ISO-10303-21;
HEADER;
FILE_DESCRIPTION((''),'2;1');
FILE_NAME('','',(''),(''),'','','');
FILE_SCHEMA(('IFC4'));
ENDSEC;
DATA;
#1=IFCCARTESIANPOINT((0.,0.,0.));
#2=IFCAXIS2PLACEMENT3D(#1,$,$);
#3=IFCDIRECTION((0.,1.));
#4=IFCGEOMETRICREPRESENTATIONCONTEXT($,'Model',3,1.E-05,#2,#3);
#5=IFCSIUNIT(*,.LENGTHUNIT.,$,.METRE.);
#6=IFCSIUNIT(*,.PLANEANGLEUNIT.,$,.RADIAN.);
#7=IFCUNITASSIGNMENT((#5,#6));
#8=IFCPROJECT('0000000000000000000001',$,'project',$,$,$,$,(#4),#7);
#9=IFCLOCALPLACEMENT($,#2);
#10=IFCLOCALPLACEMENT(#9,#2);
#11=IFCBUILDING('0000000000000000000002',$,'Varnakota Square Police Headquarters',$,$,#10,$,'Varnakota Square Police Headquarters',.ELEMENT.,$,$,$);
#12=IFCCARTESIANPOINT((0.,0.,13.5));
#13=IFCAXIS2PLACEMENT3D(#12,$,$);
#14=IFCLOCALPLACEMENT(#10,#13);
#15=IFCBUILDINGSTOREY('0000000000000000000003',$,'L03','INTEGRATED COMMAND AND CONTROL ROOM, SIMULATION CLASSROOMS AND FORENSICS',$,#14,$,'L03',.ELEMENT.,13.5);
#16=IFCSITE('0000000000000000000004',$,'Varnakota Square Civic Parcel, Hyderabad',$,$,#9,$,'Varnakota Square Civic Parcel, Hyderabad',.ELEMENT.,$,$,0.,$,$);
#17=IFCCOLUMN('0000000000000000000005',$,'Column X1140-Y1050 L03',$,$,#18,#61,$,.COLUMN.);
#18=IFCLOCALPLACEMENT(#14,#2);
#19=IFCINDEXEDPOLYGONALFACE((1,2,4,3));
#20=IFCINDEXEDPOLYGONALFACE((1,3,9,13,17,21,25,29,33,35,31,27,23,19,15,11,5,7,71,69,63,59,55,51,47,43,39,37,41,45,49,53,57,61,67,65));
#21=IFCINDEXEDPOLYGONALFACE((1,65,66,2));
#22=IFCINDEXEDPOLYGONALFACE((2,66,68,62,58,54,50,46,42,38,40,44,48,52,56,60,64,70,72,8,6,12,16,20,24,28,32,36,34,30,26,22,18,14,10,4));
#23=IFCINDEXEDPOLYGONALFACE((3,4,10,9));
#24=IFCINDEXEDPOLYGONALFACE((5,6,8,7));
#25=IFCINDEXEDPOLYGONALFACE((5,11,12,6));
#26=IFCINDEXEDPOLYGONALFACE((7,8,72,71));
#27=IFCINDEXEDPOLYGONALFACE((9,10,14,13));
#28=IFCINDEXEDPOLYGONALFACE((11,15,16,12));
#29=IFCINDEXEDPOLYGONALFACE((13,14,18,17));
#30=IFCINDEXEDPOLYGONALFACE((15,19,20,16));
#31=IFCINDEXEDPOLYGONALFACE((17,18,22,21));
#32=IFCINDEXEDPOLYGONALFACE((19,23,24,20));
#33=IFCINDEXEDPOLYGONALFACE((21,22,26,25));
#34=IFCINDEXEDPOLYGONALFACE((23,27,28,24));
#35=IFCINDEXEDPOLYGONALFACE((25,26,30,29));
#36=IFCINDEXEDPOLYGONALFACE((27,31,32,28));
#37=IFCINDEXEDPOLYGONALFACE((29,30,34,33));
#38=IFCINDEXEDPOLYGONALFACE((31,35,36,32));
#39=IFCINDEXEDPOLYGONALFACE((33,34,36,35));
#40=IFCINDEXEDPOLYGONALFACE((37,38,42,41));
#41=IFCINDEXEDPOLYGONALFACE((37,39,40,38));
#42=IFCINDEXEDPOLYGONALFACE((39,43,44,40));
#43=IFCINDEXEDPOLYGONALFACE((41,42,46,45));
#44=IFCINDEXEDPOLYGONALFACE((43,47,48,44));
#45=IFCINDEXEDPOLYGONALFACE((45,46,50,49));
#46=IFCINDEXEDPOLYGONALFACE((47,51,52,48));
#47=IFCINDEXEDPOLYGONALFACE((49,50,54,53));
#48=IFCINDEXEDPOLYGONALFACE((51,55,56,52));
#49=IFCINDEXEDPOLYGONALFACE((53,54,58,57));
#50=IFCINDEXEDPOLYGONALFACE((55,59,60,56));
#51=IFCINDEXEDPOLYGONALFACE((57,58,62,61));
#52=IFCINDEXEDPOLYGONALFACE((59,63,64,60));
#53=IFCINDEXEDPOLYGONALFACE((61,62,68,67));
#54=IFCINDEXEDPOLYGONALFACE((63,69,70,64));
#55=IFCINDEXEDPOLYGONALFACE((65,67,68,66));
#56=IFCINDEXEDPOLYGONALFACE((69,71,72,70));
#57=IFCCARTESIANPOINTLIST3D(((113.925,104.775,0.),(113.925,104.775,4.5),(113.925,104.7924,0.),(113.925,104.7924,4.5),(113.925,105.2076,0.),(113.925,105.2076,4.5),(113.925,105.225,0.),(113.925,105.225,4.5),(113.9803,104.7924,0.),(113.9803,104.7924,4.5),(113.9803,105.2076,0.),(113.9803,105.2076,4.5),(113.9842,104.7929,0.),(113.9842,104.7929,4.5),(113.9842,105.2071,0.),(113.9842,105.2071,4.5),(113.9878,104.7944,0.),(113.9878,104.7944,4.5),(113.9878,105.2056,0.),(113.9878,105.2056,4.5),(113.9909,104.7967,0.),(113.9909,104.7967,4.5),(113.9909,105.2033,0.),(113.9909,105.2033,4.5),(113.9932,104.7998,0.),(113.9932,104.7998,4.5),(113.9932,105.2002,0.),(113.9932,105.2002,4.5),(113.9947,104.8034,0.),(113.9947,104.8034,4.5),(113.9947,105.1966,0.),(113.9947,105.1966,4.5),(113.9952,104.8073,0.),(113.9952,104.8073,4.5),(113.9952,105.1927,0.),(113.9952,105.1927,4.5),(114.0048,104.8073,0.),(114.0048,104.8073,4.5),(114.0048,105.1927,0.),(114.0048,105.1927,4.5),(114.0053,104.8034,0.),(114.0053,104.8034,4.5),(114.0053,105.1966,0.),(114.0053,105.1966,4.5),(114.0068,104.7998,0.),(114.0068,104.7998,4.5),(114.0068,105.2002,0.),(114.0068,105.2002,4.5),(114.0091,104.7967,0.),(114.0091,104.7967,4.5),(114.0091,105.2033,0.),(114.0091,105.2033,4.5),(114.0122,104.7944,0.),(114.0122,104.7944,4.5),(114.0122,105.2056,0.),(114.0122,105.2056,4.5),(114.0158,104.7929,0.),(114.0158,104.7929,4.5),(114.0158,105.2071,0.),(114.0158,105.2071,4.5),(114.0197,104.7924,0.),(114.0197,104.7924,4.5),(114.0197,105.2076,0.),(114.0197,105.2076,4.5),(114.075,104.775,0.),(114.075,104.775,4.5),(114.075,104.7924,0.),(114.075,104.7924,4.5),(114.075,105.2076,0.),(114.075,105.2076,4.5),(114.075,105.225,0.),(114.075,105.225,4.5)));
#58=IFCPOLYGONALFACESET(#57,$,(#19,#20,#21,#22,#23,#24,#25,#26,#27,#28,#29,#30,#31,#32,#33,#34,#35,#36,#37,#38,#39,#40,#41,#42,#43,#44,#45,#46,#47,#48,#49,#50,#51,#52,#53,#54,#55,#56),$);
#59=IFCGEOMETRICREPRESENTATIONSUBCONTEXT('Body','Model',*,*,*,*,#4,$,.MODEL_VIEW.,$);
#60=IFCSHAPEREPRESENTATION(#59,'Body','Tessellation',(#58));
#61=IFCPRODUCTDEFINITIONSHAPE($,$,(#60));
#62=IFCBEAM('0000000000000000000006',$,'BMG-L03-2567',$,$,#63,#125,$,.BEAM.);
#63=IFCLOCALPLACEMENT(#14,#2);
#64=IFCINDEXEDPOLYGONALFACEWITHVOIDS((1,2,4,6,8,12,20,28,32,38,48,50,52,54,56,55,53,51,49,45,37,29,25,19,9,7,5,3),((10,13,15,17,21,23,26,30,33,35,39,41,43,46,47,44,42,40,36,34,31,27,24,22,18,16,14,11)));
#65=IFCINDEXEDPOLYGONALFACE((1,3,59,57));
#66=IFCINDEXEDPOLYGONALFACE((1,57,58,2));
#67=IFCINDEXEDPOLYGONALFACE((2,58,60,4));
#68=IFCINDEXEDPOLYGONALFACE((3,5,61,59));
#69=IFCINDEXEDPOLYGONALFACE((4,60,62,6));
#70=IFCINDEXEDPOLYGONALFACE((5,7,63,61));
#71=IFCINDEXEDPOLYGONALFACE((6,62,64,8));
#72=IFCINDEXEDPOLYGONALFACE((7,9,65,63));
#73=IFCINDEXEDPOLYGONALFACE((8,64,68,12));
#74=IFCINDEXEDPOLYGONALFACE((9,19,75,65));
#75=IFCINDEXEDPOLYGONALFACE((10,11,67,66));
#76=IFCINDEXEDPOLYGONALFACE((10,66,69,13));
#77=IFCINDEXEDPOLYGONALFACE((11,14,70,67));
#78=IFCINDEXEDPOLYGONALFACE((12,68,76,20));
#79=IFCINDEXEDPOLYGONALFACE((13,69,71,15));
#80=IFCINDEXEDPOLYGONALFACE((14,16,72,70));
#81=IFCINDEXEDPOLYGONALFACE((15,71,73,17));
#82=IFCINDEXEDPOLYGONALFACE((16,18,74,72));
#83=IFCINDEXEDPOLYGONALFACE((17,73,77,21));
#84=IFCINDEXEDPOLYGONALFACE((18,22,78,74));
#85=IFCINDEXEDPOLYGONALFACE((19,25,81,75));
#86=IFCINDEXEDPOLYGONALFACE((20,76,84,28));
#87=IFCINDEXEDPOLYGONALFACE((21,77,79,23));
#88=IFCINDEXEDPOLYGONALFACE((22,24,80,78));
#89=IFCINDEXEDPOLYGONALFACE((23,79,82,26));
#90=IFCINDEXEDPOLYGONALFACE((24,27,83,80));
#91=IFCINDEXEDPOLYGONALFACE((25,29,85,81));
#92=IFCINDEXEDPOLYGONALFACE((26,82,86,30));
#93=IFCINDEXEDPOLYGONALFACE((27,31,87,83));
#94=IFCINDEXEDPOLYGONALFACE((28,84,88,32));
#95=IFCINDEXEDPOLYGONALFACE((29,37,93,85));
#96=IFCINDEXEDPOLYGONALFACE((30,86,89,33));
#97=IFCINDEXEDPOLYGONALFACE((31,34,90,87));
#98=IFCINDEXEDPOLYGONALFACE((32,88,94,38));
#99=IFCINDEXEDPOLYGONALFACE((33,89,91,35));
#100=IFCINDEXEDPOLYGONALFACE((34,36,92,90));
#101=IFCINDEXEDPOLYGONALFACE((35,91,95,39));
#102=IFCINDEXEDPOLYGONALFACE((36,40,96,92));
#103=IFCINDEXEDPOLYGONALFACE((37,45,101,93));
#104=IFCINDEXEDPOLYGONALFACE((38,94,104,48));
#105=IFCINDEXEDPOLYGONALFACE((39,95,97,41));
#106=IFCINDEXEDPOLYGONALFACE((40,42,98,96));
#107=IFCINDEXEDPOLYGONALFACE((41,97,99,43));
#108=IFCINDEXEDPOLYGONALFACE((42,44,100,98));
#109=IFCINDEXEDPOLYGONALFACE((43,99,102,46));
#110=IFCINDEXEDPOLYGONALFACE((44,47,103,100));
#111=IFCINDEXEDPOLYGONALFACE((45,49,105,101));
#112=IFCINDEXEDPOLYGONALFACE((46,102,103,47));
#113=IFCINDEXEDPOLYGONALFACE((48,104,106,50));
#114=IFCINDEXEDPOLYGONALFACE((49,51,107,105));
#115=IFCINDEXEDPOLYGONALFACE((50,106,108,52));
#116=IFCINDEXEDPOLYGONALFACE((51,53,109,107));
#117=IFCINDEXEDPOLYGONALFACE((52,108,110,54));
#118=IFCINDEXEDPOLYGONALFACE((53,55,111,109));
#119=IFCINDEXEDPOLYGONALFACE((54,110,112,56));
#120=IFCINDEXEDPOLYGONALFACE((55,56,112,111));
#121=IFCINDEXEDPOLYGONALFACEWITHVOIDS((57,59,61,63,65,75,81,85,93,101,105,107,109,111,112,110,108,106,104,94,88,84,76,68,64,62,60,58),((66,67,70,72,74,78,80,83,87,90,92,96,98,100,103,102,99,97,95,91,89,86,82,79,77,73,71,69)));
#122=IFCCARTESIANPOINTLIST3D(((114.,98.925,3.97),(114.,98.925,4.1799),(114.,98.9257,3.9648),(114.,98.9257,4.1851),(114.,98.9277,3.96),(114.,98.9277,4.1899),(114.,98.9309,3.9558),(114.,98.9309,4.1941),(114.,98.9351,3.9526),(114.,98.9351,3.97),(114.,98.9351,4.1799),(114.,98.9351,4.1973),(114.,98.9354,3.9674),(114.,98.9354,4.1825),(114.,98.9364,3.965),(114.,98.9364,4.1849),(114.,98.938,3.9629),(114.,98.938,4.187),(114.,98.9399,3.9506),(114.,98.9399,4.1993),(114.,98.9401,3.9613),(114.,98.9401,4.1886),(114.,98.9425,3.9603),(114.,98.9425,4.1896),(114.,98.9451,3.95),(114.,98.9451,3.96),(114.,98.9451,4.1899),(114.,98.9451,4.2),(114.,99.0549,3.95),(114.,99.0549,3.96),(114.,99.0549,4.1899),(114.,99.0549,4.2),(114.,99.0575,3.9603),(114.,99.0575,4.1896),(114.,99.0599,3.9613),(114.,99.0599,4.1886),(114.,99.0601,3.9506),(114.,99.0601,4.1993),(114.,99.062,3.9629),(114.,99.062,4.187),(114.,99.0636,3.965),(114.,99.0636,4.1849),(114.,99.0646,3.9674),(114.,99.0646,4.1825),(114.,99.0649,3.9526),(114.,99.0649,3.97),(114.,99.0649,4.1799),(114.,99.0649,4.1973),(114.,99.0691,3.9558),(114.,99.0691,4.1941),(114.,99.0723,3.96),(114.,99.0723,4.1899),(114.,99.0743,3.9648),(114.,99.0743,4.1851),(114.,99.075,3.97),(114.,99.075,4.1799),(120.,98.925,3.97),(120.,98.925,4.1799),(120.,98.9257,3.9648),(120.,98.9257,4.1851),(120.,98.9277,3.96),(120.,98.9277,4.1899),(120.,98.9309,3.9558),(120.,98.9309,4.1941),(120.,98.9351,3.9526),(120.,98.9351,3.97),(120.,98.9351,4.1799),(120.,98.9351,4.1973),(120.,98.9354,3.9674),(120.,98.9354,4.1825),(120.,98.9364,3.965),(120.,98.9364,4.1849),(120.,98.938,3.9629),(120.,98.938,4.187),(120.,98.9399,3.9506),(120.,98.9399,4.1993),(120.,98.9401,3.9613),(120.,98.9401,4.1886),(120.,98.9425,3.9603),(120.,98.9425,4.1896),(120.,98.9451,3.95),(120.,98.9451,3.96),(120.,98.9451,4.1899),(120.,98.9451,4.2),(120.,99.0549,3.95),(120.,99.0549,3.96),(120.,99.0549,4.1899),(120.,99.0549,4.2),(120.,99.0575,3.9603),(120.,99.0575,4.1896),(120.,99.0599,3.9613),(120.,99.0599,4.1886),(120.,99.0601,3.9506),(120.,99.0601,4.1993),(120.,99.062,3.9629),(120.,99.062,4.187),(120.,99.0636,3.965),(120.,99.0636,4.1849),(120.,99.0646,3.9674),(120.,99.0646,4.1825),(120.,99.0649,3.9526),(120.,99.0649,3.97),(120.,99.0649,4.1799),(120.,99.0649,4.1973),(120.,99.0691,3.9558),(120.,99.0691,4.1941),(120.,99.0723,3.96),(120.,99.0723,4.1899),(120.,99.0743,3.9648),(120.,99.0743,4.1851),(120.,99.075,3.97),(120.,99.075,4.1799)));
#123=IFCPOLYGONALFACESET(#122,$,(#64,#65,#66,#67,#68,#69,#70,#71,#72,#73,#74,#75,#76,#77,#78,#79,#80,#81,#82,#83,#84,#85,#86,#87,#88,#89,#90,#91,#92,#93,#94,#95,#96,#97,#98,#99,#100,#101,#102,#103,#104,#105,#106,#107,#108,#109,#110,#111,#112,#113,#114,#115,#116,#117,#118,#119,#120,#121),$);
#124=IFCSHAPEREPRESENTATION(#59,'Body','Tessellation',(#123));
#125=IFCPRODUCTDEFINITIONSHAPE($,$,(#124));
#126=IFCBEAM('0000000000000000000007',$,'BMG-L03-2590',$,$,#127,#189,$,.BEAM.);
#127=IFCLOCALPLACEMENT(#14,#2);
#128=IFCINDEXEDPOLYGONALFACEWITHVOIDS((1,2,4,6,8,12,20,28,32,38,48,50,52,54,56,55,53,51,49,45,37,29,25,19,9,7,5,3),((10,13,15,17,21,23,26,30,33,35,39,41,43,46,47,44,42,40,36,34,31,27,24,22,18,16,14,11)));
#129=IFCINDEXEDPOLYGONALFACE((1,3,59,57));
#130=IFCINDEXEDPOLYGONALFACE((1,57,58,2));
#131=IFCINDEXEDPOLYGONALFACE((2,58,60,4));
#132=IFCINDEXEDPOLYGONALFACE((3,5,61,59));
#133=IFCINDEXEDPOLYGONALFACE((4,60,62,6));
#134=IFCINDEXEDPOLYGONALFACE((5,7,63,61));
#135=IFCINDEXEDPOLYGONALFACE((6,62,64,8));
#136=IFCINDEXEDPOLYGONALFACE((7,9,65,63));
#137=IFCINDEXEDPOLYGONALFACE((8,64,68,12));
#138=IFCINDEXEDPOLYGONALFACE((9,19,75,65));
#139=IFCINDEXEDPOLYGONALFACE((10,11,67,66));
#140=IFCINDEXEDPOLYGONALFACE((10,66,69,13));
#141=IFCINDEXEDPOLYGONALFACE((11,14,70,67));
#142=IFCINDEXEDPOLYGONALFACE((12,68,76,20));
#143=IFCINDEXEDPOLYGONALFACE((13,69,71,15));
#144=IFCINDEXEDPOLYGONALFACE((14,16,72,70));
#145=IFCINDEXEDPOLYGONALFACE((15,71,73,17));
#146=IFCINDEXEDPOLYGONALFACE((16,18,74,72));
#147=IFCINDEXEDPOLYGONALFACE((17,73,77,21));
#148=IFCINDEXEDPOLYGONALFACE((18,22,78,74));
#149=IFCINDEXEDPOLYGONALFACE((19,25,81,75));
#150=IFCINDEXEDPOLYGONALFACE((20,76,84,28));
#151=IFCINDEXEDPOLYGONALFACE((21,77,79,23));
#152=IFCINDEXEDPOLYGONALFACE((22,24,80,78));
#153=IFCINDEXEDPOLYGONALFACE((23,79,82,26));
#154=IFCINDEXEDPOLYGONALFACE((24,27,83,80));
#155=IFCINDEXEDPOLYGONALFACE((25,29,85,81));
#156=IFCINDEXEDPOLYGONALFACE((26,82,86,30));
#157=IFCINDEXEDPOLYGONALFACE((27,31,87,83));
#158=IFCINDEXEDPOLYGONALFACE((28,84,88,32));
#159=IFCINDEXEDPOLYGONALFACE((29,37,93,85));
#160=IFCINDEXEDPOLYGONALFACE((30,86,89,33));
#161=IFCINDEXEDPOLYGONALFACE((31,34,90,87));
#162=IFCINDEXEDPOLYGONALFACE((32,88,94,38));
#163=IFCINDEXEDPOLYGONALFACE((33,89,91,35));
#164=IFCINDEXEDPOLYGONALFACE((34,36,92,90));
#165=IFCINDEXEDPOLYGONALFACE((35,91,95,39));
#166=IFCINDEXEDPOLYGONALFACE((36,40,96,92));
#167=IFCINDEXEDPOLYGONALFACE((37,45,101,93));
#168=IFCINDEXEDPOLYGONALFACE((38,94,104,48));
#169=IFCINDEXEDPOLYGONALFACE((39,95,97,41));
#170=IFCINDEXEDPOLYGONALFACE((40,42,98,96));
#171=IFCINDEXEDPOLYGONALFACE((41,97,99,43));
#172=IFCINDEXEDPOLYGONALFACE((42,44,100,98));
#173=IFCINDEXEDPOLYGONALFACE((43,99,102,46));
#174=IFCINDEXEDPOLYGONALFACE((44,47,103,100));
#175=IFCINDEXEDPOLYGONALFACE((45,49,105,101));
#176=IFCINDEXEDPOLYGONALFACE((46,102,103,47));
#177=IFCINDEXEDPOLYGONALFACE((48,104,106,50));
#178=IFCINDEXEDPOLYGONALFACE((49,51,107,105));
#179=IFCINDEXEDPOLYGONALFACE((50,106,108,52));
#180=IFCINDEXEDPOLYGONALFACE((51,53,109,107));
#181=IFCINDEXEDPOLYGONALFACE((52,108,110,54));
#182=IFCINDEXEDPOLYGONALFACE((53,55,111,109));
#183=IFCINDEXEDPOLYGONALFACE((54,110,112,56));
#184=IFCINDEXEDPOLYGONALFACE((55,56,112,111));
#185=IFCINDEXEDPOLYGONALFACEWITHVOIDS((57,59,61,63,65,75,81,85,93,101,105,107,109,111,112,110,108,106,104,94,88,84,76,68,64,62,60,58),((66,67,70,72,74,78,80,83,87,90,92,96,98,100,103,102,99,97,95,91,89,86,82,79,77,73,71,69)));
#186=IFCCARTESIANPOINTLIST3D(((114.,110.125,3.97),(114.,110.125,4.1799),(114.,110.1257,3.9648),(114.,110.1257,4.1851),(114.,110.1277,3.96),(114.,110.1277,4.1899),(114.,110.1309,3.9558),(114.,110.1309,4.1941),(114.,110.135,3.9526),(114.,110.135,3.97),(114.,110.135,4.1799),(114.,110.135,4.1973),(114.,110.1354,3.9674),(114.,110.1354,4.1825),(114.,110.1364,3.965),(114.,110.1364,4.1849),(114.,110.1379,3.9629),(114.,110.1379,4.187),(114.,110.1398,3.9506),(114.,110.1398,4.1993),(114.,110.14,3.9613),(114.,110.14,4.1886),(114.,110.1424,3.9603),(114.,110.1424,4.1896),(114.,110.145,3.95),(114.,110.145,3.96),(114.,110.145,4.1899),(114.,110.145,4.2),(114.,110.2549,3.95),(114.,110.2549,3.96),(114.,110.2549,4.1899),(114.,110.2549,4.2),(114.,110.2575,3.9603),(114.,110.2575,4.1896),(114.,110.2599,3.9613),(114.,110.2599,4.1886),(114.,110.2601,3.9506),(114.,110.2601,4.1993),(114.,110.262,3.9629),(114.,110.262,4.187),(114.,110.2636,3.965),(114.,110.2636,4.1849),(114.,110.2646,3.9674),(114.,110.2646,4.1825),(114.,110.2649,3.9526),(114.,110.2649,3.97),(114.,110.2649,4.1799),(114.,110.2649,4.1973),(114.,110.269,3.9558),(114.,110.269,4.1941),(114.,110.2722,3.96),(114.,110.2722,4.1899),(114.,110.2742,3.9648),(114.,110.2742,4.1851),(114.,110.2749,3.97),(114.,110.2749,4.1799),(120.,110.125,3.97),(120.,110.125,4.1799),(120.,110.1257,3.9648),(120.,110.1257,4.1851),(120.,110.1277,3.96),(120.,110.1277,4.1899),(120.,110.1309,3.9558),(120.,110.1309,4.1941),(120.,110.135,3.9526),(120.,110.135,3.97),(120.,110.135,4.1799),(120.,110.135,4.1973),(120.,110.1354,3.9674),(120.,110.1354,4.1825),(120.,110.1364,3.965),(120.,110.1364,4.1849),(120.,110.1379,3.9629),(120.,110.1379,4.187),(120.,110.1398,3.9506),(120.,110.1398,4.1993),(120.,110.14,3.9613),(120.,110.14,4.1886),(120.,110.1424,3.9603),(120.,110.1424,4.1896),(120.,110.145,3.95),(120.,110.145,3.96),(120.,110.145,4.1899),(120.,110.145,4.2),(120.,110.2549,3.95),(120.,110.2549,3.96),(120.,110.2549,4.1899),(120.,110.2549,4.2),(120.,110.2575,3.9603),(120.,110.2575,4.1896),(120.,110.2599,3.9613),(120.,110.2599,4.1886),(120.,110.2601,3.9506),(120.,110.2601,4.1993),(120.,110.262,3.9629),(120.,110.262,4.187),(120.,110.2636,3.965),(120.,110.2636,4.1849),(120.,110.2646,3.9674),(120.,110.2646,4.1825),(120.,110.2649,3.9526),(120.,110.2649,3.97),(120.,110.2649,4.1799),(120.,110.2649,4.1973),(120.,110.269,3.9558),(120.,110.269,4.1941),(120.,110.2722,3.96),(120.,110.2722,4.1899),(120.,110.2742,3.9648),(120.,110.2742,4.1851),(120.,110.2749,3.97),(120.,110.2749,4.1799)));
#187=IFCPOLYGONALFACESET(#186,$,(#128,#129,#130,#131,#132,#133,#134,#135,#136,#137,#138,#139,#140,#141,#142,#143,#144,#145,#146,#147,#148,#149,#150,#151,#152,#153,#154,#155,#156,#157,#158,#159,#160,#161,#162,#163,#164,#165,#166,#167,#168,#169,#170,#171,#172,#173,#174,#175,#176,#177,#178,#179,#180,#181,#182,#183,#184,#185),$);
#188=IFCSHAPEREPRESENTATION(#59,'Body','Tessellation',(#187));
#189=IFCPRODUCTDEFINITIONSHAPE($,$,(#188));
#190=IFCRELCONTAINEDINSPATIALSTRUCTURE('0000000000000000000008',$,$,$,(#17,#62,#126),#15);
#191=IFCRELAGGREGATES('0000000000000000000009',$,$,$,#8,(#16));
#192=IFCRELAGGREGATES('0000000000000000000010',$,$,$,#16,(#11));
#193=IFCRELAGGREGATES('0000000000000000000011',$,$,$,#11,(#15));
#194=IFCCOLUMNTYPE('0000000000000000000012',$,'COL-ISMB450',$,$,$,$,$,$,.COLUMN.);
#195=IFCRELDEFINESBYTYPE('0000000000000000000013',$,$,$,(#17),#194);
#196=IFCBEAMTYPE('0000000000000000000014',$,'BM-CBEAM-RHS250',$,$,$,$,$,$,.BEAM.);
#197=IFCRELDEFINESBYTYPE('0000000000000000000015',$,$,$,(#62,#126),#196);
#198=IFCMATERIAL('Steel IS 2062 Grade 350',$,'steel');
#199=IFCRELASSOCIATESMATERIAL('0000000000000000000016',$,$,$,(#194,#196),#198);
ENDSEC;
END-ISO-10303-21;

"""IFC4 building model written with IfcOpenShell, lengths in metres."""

from ifc_helpers import new_model, si_unit, direction, frame, origin, origin_2d, place, context, subcontext, project, spatial, hollow_rectangle, i_section, extrude, material, material_profile, profile_set, type_object, element, save


model = new_model("IFC4")

# Units and contexts
model_context = context("Model", 3, precision=1e-05, world=origin(), true_north=direction((0.0, 1.0)))
body_context = subcontext(model_context, "Body", "Model", "MODEL_VIEW")
ifc_project = project(units=[si_unit("LENGTHUNIT", "METRE"), si_unit("PLANEANGLEUNIT", "RADIAN")], contexts=[model_context])

# Site, building, storey
site_placement = place(None, origin())
site = spatial("IfcSite", under=ifc_project, at=site_placement, Name="Varnakota Square Civic Parcel, Hyderabad", LongName="Varnakota Square Civic Parcel, Hyderabad", CompositionType="ELEMENT", RefElevation=0.0)
building_placement = place(site_placement, origin())
building = spatial("IfcBuilding", under=site, at=building_placement, Name="Varnakota Square Police Headquarters", LongName="Varnakota Square Police Headquarters", CompositionType="ELEMENT")
storey_placement = place(building_placement, frame((0.0, 0.0, 13.5)))
storey = spatial("IfcBuildingStorey", under=building, at=storey_placement, Name="L03", Description="INTEGRATED COMMAND AND CONTROL ROOM, SIMULATION CLASSROOMS AND FORENSICS", LongName="L03", CompositionType="ELEMENT", Elevation=13.5)

# Column
ifc_material_1 = material(Name="Steel IS 2062 Grade 350", Category="steel")
ifc_material_profile_1 = material_profile(ifc_material_1, i_section(OverallWidth=0.1499, OverallDepth=0.45, WebThickness=0.0095, FlangeThickness=0.0173, FilletRadius=0.0149, at=origin_2d()), Name="ISMB 450")
ifc_profile_set_1 = profile_set([ifc_material_profile_1], Name="Steel IS 2062 Grade 350")
column_type_1 = type_object("IfcColumnType", Name="COL-ISMB450", PredefinedType="COLUMN", material=ifc_profile_set_1)
for number, where, z_axis, x_axis, name in (
    (1, (114.0, 105.0, 0.0), (0.0, 0.0, 1.0), (1.0, 0.0, 0.0), "Column X1140-Y1050 L03"),
):
    element("IfcColumn", number, at=place(storey_placement, frame(where, z_axis=z_axis, x_axis=x_axis)), inside=storey, type_object=column_type_1, Name=name, PredefinedType="COLUMN", context=body_context, shape_type="SweptSolid", body=[
        extrude(i_section(OverallWidth=0.1499, OverallDepth=0.45, WebThickness=0.0095, FlangeThickness=0.0173, FilletRadius=0.0149, at=origin_2d()), origin(), (0.0, 0.0, 1.0), 4.5),
    ])

# Beams
ifc_material_profile_2 = material_profile(ifc_material_1, hollow_rectangle(XDim=0.1499, YDim=0.25, WallThickness=0.01, InnerFilletRadius=0.01, OuterFilletRadius=0.02, at=origin_2d()), Name="RHS 250x150x10")
ifc_profile_set_2 = profile_set([ifc_material_profile_2], Name="Steel IS 2062 Grade 350")
beam_type_1 = type_object("IfcBeamType", Name="BM-CBEAM-RHS250", PredefinedType="BEAM", material=ifc_profile_set_2)
for number, where, z_axis, x_axis, name in (
    (2, (114.0, 99.0, 4.075), (1.0, 0.0, 0.0), (0.0, 1.0, 0.0), "BMG-L03-2567"),
    (3, (114.0, 110.2, 4.075), (1.0, 0.0, 0.0), (0.0, 1.0, 0.0), "BMG-L03-2590"),
):
    element("IfcBeam", number, at=place(storey_placement, frame(where, z_axis=z_axis, x_axis=x_axis)), inside=storey, type_object=beam_type_1, Name=name, PredefinedType="BEAM", context=body_context, shape_type="SweptSolid", body=[
        extrude(hollow_rectangle(XDim=0.1499, YDim=0.25, WallThickness=0.01, InnerFilletRadius=0.01, OuterFilletRadius=0.02, at=origin_2d()), origin(), (0.0, 0.0, 1.0), 6.0),
    ])

save(model, "model.ifc")
